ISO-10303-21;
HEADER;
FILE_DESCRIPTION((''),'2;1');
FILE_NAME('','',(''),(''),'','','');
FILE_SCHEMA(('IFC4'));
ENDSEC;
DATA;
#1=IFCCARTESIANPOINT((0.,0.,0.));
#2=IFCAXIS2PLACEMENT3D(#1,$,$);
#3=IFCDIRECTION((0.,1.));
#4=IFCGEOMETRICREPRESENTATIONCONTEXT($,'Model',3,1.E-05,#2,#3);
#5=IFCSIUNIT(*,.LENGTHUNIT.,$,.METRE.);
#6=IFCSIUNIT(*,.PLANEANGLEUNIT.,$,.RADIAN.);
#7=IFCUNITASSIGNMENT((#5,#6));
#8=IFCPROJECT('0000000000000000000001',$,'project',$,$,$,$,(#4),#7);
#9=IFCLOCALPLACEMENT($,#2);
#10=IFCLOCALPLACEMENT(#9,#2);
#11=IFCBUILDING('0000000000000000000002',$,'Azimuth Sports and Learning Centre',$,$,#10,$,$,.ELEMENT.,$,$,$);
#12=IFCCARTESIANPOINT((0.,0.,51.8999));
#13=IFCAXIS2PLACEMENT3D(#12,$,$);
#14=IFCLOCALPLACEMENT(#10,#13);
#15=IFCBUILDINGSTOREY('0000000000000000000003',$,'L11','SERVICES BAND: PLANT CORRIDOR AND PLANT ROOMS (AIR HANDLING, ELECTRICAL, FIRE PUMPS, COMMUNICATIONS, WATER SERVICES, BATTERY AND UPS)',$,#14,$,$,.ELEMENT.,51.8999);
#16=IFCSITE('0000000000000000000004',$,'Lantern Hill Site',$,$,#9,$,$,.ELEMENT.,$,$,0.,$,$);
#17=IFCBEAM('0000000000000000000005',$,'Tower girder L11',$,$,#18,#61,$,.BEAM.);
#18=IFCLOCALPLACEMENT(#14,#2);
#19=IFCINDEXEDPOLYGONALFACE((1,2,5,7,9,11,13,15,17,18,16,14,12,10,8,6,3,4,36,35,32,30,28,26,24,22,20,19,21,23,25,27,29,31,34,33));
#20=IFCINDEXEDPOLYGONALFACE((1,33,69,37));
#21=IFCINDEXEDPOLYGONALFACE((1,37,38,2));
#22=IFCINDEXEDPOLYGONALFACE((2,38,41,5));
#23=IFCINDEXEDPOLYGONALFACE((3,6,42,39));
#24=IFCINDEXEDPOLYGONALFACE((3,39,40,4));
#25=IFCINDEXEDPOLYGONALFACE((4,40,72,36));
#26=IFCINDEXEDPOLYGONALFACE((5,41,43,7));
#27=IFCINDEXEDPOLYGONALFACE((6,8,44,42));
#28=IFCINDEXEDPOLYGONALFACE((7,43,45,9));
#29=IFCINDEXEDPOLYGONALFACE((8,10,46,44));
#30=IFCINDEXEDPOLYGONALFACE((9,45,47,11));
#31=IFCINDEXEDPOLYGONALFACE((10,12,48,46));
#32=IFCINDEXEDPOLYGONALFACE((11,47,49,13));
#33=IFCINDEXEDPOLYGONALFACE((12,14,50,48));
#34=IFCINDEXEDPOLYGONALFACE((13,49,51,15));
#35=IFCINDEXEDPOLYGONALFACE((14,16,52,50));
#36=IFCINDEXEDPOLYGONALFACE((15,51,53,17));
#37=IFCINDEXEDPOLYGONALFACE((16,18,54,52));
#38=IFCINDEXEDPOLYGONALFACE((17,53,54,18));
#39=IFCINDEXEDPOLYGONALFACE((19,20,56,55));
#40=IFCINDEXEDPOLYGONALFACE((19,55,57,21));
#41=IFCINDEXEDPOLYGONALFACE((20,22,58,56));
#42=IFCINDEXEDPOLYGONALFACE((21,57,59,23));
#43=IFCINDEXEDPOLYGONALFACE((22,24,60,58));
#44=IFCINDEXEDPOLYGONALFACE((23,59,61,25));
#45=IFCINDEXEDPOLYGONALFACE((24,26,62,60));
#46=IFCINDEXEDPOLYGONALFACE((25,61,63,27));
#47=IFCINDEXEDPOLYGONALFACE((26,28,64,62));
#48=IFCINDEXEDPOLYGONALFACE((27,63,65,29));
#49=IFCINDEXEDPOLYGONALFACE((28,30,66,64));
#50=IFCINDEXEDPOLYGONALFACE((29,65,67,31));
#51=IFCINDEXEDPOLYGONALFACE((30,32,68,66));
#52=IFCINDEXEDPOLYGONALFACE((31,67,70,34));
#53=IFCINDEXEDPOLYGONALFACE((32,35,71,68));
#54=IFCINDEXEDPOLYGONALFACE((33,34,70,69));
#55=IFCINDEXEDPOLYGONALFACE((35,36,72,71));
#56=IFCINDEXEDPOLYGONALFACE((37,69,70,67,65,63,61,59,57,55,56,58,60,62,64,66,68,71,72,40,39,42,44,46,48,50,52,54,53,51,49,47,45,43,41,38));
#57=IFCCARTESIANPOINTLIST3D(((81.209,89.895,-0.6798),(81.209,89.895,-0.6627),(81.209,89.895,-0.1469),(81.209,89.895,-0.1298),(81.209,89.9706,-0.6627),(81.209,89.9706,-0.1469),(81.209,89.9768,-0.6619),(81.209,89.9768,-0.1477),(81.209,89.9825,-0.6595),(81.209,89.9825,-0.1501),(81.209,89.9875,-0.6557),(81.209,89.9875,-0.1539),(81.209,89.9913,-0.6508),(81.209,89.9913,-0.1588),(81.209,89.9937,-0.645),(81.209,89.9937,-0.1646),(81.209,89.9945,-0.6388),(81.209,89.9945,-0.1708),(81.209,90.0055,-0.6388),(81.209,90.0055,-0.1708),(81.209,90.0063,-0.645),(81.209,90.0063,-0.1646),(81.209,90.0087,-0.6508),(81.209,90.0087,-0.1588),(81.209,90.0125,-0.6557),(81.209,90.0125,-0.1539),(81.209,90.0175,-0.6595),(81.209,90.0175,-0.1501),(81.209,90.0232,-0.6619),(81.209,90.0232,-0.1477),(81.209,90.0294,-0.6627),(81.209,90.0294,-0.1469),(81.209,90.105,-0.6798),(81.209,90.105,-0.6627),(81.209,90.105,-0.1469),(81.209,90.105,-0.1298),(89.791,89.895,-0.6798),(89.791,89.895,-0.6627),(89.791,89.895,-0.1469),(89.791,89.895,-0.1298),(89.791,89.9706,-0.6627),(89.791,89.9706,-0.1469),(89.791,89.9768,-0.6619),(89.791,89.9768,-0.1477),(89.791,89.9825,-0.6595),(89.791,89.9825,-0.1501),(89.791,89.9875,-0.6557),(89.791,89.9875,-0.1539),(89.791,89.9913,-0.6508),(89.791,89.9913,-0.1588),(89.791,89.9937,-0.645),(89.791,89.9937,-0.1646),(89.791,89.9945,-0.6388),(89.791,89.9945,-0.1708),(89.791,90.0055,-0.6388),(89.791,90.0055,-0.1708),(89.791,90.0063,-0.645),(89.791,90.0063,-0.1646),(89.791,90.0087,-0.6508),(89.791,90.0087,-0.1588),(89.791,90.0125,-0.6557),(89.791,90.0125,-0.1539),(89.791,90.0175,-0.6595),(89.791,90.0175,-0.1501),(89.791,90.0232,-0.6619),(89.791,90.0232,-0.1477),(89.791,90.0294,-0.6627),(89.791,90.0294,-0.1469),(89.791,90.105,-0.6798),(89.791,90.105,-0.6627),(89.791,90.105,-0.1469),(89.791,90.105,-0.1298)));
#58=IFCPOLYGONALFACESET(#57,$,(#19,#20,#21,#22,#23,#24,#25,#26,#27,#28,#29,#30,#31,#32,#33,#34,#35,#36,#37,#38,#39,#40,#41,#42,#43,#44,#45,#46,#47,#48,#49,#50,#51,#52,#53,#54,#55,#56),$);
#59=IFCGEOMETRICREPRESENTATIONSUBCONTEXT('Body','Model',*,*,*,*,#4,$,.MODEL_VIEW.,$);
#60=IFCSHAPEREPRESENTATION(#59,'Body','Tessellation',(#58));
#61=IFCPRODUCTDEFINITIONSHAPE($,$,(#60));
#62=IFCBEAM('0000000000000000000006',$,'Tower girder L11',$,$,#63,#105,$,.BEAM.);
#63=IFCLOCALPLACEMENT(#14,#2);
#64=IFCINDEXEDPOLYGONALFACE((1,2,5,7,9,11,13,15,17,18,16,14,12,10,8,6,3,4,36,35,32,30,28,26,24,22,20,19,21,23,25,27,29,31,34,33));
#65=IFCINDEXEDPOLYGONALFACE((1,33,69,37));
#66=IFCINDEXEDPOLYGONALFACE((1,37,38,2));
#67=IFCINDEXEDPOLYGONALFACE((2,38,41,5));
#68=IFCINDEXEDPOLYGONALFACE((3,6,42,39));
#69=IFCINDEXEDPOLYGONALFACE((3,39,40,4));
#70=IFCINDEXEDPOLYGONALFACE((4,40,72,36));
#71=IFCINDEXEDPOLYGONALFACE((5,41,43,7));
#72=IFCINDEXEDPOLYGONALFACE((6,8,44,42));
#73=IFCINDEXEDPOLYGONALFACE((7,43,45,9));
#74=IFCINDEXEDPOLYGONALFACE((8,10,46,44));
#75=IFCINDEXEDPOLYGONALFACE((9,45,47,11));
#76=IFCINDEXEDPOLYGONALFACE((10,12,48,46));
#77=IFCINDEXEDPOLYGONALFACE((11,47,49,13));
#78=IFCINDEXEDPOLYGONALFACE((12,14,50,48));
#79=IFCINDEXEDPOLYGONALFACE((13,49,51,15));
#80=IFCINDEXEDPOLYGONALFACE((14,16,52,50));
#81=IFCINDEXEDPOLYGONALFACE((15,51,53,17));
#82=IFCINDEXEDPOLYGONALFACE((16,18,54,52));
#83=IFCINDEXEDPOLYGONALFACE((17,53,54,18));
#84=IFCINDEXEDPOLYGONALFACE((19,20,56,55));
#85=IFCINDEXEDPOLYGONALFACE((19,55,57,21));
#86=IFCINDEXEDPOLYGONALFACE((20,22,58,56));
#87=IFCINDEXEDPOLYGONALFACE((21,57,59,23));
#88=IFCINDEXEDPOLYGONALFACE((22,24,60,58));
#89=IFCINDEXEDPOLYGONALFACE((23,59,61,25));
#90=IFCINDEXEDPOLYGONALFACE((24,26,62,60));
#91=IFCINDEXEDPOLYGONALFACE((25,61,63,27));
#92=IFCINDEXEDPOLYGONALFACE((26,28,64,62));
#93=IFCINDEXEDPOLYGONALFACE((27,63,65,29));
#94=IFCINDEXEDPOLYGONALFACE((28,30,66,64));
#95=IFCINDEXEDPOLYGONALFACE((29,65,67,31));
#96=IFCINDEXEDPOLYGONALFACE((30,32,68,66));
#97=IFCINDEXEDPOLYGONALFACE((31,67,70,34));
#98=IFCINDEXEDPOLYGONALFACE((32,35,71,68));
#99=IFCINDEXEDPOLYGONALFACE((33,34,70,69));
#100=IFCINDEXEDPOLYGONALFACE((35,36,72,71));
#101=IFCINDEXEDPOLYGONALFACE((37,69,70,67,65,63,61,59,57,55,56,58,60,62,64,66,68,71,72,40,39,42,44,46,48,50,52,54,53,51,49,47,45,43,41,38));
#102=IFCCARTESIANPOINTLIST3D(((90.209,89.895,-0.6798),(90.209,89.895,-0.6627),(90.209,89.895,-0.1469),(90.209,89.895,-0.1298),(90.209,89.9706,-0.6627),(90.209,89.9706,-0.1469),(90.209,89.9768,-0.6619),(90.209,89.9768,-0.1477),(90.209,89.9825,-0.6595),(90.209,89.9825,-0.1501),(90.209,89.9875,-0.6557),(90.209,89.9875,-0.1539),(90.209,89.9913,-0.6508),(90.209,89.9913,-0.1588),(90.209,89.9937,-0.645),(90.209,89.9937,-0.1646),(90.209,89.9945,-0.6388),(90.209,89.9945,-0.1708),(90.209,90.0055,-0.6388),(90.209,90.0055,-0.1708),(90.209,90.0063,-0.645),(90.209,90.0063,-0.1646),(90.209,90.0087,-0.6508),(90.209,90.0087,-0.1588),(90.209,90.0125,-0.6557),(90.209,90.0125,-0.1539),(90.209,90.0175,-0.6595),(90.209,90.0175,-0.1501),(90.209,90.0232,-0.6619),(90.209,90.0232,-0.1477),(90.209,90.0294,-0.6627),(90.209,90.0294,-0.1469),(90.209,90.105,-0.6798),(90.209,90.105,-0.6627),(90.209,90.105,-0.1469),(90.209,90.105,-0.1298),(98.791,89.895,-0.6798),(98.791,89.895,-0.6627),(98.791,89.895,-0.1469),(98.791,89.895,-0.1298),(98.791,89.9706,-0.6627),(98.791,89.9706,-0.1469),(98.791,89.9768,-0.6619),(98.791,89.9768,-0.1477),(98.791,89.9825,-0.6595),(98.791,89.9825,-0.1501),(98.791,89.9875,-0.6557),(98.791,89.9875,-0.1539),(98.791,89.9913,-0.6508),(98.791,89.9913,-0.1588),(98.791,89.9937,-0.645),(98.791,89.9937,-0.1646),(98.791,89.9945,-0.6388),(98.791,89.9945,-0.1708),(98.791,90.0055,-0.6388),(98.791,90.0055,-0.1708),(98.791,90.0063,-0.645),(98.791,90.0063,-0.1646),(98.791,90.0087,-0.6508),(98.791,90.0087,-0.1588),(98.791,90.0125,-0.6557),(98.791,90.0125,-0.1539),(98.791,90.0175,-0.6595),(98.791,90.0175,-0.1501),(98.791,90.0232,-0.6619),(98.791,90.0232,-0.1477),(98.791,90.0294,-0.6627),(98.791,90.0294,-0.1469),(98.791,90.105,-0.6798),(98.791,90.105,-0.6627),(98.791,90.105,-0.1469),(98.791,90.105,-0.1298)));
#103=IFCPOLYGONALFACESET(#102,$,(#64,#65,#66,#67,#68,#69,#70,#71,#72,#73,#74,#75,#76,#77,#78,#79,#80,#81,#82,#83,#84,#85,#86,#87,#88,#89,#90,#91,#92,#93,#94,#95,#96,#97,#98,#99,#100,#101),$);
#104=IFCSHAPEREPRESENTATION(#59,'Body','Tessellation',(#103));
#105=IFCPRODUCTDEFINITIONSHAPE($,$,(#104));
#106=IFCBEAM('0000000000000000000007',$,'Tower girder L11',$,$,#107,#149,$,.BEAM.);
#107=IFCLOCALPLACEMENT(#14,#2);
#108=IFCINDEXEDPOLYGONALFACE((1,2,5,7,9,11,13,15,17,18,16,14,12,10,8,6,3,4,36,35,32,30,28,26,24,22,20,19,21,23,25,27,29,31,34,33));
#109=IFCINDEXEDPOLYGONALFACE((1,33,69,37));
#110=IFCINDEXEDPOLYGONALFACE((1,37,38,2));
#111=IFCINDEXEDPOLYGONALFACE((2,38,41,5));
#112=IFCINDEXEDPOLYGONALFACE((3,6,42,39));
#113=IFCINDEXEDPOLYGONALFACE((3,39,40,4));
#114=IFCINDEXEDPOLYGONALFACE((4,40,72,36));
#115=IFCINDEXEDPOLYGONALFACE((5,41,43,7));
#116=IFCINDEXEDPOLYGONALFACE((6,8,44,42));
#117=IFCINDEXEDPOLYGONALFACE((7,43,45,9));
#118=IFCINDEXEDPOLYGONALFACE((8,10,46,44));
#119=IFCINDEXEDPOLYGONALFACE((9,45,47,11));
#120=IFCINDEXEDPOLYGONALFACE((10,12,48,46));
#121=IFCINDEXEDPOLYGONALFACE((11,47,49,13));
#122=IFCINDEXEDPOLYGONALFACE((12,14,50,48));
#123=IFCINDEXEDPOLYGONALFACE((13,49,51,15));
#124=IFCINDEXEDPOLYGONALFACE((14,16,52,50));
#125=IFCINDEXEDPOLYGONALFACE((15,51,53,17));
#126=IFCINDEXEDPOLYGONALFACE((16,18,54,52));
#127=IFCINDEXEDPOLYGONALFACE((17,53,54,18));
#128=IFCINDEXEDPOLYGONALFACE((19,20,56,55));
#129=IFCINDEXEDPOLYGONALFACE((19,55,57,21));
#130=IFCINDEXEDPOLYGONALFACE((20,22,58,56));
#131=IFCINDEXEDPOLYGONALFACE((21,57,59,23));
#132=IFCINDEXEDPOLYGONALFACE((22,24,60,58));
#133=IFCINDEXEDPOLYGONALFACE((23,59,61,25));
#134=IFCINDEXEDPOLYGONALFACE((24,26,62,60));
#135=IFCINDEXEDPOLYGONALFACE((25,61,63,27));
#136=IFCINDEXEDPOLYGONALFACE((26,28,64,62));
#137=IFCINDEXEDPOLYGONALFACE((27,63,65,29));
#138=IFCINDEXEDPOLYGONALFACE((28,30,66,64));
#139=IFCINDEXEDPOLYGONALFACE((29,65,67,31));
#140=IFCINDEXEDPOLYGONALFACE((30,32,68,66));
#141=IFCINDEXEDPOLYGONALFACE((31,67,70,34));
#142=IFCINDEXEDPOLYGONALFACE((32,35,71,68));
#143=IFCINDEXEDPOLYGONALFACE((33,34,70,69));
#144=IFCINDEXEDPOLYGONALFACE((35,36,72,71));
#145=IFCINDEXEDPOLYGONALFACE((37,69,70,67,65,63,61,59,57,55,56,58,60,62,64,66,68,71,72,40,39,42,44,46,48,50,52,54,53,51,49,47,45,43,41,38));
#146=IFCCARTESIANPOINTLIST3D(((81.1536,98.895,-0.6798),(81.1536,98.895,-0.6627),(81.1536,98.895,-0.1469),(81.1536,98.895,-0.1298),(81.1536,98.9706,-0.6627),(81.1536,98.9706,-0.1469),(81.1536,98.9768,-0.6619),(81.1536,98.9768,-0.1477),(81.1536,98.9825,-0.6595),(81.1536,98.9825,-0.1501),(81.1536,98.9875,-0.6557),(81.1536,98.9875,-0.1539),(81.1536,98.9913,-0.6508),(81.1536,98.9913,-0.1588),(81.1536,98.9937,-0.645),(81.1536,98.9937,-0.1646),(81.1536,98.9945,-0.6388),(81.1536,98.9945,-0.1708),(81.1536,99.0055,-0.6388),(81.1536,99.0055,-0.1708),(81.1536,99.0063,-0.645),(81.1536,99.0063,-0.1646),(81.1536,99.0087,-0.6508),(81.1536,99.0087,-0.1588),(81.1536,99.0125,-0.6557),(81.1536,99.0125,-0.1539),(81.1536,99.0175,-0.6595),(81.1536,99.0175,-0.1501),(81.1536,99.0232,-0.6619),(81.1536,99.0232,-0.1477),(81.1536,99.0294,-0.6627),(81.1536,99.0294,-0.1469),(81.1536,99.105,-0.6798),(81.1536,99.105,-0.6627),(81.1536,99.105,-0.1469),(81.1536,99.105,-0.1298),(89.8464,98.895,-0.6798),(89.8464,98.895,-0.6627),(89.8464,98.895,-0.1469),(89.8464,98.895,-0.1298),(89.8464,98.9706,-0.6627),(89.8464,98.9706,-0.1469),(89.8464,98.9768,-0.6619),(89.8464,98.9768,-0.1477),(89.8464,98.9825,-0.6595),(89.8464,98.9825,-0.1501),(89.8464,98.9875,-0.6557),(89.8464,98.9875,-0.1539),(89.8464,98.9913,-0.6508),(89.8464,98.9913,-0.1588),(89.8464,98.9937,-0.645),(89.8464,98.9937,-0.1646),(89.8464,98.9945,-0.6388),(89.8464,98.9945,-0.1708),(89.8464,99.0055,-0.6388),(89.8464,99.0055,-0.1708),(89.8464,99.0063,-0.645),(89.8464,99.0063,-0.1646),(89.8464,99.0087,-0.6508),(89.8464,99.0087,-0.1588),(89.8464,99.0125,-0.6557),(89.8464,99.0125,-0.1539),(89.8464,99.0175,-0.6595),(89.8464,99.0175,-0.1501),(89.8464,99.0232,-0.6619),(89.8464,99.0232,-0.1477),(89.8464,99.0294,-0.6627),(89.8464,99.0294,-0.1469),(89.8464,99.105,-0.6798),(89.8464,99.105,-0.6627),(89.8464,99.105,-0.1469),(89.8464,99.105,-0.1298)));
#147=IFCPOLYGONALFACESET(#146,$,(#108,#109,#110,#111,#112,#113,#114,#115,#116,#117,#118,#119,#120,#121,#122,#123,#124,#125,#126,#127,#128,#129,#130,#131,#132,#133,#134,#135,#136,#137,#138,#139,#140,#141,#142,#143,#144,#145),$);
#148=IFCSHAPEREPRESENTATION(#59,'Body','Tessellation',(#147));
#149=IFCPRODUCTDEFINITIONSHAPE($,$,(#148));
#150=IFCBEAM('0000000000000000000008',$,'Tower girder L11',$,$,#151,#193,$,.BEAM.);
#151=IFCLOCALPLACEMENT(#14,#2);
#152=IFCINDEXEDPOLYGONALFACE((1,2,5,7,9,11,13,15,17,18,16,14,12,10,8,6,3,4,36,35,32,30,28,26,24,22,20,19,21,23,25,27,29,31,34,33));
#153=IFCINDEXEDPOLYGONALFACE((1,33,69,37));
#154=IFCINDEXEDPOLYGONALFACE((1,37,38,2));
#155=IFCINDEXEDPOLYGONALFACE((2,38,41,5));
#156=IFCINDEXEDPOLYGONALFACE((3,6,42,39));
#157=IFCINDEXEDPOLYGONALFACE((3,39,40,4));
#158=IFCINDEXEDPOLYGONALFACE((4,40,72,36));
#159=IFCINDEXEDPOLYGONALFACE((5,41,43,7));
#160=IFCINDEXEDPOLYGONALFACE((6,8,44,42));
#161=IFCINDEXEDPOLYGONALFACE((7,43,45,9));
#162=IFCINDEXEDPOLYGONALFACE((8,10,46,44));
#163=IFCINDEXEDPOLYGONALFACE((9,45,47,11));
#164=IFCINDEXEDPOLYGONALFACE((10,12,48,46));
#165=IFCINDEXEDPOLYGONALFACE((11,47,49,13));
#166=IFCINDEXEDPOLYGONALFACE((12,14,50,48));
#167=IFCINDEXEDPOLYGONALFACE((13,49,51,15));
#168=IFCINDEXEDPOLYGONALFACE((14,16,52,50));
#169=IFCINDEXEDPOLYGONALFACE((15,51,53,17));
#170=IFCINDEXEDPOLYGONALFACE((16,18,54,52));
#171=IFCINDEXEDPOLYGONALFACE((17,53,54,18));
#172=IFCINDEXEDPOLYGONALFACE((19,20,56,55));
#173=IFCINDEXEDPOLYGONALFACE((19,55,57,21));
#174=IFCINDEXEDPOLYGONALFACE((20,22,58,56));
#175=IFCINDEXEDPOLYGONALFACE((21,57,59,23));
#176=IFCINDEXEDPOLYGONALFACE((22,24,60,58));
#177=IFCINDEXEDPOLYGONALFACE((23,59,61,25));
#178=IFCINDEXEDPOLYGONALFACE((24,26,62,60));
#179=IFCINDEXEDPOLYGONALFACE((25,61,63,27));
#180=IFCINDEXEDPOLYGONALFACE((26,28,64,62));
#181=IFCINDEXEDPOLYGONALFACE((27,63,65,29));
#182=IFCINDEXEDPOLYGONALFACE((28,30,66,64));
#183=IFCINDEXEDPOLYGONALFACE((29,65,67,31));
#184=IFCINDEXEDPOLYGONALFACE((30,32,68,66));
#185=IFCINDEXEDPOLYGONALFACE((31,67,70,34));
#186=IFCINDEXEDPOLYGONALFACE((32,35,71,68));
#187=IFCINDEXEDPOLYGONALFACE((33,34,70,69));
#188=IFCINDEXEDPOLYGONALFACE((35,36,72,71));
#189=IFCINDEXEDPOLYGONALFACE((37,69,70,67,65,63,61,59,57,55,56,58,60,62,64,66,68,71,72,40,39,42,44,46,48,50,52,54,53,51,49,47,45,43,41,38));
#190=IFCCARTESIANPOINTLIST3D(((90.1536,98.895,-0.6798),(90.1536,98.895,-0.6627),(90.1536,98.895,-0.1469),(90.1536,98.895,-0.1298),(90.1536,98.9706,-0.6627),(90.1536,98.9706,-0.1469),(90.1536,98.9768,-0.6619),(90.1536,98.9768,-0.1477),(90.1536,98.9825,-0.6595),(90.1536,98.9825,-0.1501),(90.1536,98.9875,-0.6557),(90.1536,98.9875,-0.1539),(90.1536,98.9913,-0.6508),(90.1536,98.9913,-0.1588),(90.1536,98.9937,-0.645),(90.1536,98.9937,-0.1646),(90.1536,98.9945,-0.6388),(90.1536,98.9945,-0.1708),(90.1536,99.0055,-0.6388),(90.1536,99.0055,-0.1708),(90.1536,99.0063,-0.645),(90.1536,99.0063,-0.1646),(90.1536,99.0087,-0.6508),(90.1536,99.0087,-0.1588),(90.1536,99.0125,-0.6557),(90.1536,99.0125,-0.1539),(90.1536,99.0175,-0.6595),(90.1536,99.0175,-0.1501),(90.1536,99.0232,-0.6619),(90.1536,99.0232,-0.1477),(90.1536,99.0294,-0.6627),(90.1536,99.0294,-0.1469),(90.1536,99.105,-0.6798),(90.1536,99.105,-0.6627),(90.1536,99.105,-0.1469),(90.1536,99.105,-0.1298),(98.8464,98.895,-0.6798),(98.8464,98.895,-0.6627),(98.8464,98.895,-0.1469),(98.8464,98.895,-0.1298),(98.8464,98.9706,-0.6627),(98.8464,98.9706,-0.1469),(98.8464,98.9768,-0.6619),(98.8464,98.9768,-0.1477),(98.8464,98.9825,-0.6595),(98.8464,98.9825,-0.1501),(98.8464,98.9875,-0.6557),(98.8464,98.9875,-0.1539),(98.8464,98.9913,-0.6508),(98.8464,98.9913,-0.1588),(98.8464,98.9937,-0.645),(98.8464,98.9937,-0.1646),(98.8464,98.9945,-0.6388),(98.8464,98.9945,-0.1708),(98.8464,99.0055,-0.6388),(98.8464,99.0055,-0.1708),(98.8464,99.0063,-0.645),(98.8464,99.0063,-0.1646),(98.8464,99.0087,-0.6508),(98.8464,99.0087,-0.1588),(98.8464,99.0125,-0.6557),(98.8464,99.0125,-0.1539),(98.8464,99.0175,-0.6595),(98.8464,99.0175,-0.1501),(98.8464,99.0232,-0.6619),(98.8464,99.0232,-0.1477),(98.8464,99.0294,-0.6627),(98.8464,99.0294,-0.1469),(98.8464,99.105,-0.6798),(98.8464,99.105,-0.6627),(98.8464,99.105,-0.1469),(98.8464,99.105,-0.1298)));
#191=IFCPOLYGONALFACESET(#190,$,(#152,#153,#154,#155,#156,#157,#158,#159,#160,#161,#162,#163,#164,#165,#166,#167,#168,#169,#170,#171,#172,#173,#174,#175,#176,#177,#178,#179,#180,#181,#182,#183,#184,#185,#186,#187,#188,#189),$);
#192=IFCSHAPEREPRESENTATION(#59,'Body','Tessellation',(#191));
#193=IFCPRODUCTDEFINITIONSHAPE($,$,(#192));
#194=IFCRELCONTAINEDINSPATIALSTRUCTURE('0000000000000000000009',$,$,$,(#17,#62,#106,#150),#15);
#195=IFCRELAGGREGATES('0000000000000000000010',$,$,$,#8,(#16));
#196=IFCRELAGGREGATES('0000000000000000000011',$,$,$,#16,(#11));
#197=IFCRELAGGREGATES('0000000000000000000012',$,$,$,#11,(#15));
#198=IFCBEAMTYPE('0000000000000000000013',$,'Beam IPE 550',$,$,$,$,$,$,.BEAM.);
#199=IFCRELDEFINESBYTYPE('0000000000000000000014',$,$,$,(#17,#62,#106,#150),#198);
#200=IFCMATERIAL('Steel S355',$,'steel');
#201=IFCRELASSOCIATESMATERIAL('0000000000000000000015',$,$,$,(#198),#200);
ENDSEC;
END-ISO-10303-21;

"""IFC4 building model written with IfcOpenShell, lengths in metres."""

from ifc_helpers import new_model, si_unit, direction, frame, origin, origin_2d, place, context, subcontext, project, spatial, i_section, extrude, material, material_profile, profile_set, type_object, element, save


model = new_model("IFC4")

# Units and contexts
model_context = context("Model", 3, precision=1e-05, world=origin(), true_north=direction((0.0, 1.0)))
body_context = subcontext(model_context, "Body", "Model", "MODEL_VIEW")
ifc_project = project(units=[si_unit("LENGTHUNIT", "METRE"), si_unit("PLANEANGLEUNIT", "RADIAN")], contexts=[model_context])

# Site, building, storey
site_placement = place(None, origin())
site = spatial("IfcSite", under=ifc_project, at=site_placement, Name="Lantern Hill Site", CompositionType="ELEMENT", RefElevation=0.0)
building_placement = place(site_placement, origin())
building = spatial("IfcBuilding", under=site, at=building_placement, Name="Azimuth Sports and Learning Centre", CompositionType="ELEMENT")
storey_placement = place(building_placement, frame((0.0, 0.0, 51.8999)))
storey = spatial("IfcBuildingStorey", under=building, at=storey_placement, Name="L11", Description="SERVICES BAND: PLANT CORRIDOR AND PLANT ROOMS (AIR HANDLING, ELECTRICAL, FIRE PUMPS, COMMUNICATIONS, WATER SERVICES, BATTERY AND UPS)", CompositionType="ELEMENT", Elevation=51.8999)

# Beams
ifc_material_1 = material(Name="Steel S355", Category="steel")
ifc_material_profile_1 = material_profile(ifc_material_1, i_section(OverallWidth=0.21, OverallDepth=0.55, WebThickness=0.011, FlangeThickness=0.0171, FilletRadius=0.0239, at=origin_2d()), Name="IPE 550")
ifc_profile_set_1 = profile_set([ifc_material_profile_1], Name="Steel S355")
beam_type_1 = type_object("IfcBeamType", Name="Beam IPE 550", PredefinedType="BEAM", material=ifc_profile_set_1)
for number, where, z_axis, x_axis, name in (
    (1, (81.209, 90.0, -0.4048), (1.0, 0.0, 0.0), (0.0, 1.0, 0.0), "Tower girder L11"),
    (2, (90.209, 90.0, -0.4048), (1.0, 0.0, 0.0), (0.0, 1.0, 0.0), "Tower girder L11"),
):
    element("IfcBeam", number, at=place(storey_placement, frame(where, z_axis=z_axis, x_axis=x_axis)), inside=storey, type_object=beam_type_1, Name=name, PredefinedType="BEAM", context=body_context, shape_type="SweptSolid", body=[
        extrude(i_section(OverallWidth=0.21, OverallDepth=0.55, WebThickness=0.011, FlangeThickness=0.0171, FilletRadius=0.0239, at=origin_2d()), origin(), (0.0, 0.0, 1.0), 8.582),
    ])
for number, where, z_axis, x_axis, name in (
    (3, (81.1536, 99.0, -0.4048), (1.0, 0.0, 0.0), (0.0, 1.0, 0.0), "Tower girder L11"),
    (4, (90.1536, 99.0, -0.4048), (1.0, 0.0, 0.0), (0.0, 1.0, 0.0), "Tower girder L11"),
):
    element("IfcBeam", number, at=place(storey_placement, frame(where, z_axis=z_axis, x_axis=x_axis)), inside=storey, type_object=beam_type_1, Name=name, PredefinedType="BEAM", context=body_context, shape_type="SweptSolid", body=[
        extrude(i_section(OverallWidth=0.21, OverallDepth=0.55, WebThickness=0.011, FlangeThickness=0.0171, FilletRadius=0.0239, at=origin_2d()), origin(), (0.0, 0.0, 1.0), 8.6929),
    ])

save(model, "model.ifc")
